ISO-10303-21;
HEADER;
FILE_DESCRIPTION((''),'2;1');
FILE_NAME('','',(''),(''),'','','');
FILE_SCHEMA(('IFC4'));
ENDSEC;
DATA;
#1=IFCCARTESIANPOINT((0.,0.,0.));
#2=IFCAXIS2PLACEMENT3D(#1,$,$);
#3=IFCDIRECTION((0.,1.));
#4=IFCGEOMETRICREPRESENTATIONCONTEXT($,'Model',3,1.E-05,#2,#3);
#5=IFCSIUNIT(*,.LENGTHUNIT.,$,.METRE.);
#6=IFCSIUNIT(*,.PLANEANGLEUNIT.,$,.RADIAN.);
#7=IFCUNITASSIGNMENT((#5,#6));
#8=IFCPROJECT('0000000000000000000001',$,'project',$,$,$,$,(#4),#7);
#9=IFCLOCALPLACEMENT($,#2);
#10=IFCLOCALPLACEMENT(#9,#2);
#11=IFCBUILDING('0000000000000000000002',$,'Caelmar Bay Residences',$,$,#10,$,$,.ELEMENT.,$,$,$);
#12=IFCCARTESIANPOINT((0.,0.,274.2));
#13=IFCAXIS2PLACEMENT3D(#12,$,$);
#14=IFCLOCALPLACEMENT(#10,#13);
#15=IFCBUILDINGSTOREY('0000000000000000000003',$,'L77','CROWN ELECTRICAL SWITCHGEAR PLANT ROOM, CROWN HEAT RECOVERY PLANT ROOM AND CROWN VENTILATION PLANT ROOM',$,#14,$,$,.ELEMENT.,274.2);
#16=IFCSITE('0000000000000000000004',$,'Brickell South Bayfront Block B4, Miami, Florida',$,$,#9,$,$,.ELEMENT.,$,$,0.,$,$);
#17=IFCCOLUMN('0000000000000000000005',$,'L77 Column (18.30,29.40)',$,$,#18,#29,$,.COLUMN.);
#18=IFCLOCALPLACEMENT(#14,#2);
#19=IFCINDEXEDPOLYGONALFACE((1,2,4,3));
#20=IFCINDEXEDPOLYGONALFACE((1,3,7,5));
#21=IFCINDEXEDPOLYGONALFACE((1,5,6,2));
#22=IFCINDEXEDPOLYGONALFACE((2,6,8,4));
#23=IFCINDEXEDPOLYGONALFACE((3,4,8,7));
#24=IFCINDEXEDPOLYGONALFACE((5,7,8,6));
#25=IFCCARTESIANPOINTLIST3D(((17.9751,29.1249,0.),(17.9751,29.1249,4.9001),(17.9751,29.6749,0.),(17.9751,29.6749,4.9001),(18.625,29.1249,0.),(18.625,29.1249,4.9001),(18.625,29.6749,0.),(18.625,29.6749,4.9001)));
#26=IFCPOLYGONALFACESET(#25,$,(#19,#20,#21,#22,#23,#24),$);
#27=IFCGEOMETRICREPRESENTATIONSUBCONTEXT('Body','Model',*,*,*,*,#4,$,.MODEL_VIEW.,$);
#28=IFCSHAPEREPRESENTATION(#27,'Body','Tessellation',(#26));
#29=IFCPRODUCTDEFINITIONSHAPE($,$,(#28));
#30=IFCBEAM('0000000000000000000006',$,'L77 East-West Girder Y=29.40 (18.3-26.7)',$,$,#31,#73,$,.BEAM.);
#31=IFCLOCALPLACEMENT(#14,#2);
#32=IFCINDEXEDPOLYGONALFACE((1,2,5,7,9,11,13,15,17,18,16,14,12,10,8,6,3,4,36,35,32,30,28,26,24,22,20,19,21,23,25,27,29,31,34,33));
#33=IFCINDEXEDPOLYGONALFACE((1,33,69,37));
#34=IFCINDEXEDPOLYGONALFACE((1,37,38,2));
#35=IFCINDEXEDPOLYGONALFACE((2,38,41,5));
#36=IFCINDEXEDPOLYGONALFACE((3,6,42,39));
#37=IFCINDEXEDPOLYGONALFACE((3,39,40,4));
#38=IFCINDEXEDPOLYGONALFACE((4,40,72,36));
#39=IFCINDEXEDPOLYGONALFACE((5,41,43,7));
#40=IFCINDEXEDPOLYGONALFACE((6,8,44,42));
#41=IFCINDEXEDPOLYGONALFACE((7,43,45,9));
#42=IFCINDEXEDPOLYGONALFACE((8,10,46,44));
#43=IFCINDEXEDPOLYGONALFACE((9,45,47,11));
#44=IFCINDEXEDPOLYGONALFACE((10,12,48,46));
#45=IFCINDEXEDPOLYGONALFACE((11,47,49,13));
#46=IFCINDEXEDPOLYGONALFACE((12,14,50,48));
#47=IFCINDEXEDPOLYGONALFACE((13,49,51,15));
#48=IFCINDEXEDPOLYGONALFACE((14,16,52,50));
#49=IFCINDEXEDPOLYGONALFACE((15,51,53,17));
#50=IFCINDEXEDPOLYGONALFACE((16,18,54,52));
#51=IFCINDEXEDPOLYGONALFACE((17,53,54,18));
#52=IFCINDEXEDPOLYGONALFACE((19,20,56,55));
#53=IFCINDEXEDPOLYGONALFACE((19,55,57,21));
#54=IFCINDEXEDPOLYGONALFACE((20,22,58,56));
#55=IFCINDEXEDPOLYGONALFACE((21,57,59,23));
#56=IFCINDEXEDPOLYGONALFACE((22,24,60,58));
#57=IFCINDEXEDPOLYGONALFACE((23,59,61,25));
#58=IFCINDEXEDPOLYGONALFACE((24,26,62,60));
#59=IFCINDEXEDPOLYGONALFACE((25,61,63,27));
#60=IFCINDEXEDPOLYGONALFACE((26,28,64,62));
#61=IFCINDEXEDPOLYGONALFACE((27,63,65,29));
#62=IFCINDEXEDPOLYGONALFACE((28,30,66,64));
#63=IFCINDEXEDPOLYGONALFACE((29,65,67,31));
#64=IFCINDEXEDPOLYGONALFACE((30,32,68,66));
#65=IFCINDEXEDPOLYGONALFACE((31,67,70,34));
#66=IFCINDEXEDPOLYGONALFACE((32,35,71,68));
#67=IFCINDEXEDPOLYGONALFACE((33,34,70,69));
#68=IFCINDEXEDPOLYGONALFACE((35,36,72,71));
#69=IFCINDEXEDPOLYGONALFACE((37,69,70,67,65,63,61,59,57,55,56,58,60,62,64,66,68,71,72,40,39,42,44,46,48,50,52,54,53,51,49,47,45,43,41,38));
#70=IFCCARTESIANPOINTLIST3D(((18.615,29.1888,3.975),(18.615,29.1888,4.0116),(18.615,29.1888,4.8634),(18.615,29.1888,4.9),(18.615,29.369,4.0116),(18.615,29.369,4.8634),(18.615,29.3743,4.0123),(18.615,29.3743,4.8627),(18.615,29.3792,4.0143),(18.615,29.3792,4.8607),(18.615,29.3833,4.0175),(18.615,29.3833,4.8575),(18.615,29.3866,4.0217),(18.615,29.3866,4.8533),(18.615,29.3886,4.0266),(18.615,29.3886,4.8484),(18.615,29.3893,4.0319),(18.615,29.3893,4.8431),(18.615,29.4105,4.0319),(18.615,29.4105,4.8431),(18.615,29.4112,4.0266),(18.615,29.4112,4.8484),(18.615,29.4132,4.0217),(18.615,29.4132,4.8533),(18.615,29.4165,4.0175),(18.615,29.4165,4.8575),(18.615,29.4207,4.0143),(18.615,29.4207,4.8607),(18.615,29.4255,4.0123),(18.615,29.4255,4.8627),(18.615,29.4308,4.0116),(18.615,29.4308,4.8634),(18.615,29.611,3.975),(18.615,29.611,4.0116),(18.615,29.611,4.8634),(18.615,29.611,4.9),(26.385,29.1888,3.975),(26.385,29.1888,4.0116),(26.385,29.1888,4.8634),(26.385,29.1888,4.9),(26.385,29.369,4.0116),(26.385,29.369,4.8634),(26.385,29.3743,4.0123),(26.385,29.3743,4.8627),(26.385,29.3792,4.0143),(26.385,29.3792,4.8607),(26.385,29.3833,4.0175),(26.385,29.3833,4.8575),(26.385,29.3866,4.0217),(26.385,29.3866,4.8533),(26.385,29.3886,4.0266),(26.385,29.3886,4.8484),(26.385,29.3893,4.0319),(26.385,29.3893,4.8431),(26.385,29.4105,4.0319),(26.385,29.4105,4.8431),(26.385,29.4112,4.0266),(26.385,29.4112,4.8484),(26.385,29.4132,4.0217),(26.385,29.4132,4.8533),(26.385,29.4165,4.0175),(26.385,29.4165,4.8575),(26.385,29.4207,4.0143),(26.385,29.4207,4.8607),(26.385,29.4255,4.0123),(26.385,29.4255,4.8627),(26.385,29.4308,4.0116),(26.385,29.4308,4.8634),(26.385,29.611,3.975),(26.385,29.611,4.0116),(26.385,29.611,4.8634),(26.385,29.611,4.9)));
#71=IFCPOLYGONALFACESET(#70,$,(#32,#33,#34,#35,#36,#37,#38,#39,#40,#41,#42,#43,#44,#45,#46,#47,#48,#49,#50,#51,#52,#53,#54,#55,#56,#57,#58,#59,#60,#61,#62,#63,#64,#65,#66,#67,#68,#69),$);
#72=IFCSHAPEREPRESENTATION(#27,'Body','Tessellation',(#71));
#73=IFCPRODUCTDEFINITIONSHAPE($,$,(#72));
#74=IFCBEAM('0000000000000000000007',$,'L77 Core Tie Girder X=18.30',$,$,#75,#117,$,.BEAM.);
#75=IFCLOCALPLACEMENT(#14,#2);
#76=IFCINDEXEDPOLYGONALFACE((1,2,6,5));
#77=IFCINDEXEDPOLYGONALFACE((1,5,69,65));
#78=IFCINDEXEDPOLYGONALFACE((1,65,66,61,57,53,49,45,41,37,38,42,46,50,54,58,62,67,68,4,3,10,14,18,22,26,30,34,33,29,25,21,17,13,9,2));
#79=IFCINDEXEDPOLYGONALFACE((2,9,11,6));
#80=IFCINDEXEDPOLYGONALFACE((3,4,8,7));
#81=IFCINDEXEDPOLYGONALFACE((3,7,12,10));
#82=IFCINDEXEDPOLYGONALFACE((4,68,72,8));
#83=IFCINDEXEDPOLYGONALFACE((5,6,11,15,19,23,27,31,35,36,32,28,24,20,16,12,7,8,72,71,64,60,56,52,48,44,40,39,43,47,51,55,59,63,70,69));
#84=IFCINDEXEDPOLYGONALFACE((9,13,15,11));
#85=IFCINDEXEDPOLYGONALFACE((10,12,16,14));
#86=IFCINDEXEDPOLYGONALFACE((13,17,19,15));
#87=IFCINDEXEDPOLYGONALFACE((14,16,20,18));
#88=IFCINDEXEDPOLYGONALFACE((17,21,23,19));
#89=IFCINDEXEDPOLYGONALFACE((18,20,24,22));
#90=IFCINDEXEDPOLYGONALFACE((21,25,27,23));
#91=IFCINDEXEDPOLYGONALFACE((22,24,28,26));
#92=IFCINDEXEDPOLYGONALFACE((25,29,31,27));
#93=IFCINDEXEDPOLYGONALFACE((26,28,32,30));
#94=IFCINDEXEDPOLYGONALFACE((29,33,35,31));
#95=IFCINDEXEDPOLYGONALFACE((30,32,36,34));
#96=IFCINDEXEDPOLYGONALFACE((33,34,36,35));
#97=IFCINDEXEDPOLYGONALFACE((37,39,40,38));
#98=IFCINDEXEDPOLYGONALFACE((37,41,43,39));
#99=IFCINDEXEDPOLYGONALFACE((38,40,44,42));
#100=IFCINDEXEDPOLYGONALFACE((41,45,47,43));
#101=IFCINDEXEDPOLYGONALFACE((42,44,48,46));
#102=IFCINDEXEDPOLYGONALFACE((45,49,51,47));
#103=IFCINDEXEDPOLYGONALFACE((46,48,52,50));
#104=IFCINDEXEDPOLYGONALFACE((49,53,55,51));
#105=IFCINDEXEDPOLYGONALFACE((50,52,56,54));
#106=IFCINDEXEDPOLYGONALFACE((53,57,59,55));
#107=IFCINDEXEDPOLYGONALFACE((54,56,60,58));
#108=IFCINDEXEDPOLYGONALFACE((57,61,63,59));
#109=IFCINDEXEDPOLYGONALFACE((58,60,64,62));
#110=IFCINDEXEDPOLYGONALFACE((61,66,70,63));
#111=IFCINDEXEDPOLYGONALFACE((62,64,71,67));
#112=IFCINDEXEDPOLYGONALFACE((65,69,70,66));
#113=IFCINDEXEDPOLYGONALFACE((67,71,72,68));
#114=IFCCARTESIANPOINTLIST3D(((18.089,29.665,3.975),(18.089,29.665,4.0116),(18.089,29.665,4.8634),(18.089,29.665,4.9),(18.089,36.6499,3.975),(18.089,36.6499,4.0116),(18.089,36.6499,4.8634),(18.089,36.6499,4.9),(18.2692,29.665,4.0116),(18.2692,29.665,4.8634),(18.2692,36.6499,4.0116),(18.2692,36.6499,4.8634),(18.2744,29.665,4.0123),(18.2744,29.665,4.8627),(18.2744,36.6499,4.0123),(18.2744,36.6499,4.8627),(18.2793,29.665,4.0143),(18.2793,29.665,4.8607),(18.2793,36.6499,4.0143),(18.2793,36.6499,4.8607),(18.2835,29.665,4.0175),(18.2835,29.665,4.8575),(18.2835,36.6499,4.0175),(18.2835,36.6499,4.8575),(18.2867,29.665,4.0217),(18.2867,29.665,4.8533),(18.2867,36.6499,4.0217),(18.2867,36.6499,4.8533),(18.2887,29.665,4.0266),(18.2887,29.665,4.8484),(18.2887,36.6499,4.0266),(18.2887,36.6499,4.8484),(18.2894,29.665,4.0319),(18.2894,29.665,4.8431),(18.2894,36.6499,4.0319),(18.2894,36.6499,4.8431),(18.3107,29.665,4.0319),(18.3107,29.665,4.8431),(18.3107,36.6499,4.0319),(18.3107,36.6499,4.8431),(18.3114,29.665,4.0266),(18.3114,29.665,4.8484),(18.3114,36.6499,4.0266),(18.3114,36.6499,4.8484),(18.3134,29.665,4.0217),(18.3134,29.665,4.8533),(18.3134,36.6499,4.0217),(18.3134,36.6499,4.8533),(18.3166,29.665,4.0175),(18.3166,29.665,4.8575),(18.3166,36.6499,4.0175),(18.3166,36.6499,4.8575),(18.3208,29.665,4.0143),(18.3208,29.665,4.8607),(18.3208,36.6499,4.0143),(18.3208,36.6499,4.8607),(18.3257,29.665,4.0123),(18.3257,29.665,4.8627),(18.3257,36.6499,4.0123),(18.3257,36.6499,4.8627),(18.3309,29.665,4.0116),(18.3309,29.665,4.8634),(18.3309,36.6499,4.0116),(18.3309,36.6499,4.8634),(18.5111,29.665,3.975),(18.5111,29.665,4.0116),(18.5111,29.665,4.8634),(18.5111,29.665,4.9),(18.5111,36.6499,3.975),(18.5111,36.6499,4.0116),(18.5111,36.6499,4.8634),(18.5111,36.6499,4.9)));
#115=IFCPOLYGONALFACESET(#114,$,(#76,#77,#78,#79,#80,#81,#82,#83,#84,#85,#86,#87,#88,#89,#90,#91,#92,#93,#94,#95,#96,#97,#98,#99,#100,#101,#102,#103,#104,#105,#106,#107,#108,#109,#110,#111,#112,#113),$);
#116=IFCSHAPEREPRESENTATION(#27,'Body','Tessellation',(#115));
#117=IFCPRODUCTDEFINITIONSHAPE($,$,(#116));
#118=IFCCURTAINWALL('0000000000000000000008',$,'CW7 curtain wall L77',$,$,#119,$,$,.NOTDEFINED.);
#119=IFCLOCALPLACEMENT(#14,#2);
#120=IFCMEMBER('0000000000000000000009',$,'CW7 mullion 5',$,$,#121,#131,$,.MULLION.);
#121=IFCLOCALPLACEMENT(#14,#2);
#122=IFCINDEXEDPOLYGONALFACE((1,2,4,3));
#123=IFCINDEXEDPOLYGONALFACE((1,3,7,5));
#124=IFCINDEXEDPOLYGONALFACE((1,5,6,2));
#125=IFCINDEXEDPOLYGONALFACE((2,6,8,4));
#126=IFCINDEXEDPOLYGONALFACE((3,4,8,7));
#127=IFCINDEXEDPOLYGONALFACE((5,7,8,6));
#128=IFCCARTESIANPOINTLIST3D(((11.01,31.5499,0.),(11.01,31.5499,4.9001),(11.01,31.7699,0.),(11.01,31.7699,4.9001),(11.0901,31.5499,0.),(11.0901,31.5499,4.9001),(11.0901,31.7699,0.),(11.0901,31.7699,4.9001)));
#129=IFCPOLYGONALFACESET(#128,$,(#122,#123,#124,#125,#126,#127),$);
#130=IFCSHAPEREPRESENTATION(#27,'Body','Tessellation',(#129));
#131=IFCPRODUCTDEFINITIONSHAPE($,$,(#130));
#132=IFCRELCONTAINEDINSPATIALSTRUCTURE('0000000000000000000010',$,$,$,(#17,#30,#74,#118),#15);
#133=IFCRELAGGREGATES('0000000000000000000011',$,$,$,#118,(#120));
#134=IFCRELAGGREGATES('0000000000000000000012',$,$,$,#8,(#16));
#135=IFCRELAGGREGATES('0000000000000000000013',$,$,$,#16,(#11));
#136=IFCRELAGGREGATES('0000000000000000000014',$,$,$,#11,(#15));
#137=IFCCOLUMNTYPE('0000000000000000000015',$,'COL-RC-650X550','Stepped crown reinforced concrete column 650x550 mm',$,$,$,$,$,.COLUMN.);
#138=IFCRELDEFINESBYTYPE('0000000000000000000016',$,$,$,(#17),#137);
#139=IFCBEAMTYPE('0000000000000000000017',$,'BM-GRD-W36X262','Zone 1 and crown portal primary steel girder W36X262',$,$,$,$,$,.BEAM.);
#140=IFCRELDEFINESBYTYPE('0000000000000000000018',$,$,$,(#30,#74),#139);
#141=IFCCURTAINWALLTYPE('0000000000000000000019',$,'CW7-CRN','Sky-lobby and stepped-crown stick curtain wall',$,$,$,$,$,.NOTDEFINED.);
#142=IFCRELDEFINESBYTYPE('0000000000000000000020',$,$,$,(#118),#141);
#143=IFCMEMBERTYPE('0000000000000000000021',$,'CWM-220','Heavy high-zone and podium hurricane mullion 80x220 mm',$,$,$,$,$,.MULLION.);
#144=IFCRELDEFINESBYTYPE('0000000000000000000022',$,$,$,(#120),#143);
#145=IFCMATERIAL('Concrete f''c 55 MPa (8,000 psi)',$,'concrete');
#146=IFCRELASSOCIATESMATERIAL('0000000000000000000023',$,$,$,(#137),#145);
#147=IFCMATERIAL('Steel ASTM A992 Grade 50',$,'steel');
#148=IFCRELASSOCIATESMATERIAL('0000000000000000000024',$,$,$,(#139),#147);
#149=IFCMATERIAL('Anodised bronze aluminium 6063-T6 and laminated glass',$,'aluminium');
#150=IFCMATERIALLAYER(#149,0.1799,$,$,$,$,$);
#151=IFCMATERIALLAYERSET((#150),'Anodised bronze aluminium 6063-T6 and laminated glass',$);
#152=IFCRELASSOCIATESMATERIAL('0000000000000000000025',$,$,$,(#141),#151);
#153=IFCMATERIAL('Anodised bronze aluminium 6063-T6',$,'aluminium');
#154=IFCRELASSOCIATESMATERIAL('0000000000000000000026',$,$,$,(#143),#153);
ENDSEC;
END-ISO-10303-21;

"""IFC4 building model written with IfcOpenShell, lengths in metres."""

from ifc_helpers import new_model, si_unit, direction, frame, origin, origin_2d, place, context, subcontext, project, spatial, rectangle, i_section, extrude, material, layer, layer_set, material_profile, profile_set, type_object, element, aggregate, save


model = new_model("IFC4")

# Units and contexts
model_context = context("Model", 3, precision=1e-05, world=origin(), true_north=direction((0.0, 1.0)))
body_context = subcontext(model_context, "Body", "Model", "MODEL_VIEW")
ifc_project = project(units=[si_unit("LENGTHUNIT", "METRE"), si_unit("PLANEANGLEUNIT", "RADIAN")], contexts=[model_context])

# Site, building, storey
site_placement = place(None, origin())
site = spatial("IfcSite", under=ifc_project, at=site_placement, Name="Brickell South Bayfront Block B4, Miami, Florida", CompositionType="ELEMENT", RefElevation=0.0)
building_placement = place(site_placement, origin())
building = spatial("IfcBuilding", under=site, at=building_placement, Name="Caelmar Bay Residences", CompositionType="ELEMENT")
storey_placement = place(building_placement, frame((0.0, 0.0, 274.2)))
storey = spatial("IfcBuildingStorey", under=building, at=storey_placement, Name="L77", Description="CROWN ELECTRICAL SWITCHGEAR PLANT ROOM, CROWN HEAT RECOVERY PLANT ROOM AND CROWN VENTILATION PLANT ROOM", CompositionType="ELEMENT", Elevation=274.2)

# Column
ifc_material_1 = material(Name="Concrete f'c 55 MPa (8,000 psi)", Category="concrete")
ifc_material_profile_1 = material_profile(ifc_material_1, rectangle(XDim=0.6499, YDim=0.55, at=origin_2d()), Name="RC-COL-650X550")
ifc_profile_set_1 = profile_set([ifc_material_profile_1], Name="Concrete f'c 55 MPa (8,000 psi)")
column_type = type_object("IfcColumnType", Name="COL-RC-650X550", Description="Stepped crown reinforced concrete column 650x550 mm", PredefinedType="COLUMN", material=ifc_profile_set_1)
column_placement = place(storey_placement, frame((18.3, 29.3999, 0.0), z_axis=(0.0, 0.0, 1.0), x_axis=(1.0, 0.0, 0.0)))
element("IfcColumn", 1, at=column_placement, inside=storey, type_object=column_type, Name="L77 Column (18.30,29.40)", PredefinedType="COLUMN", context=body_context, shape_type="SweptSolid", body=[
    extrude(rectangle(XDim=0.6499, YDim=0.55, at=origin_2d()), origin(), (0.0, 0.0, 1.0), 4.9001),
])

# Beams
ifc_material_2 = material(Name="Steel ASTM A992 Grade 50", Category="steel")
ifc_material_profile_2 = material_profile(ifc_material_2, i_section(OverallWidth=0.4221, OverallDepth=0.925, WebThickness=0.0212, FlangeThickness=0.0366, FilletRadius=0.0203, at=origin_2d()), Name="W36X262")
ifc_profile_set_2 = profile_set([ifc_material_profile_2], Name="Steel ASTM A992 Grade 50")
beam_type = type_object("IfcBeamType", Name="BM-GRD-W36X262", Description="Zone 1 and crown portal primary steel girder W36X262", PredefinedType="BEAM", material=ifc_profile_set_2)
beam_1_placement = place(storey_placement, frame((18.615, 29.3999, 4.4375), z_axis=(1.0, 0.0, 0.0), x_axis=(0.0, 1.0, 0.0)))
element("IfcBeam", 2, at=beam_1_placement, inside=storey, type_object=beam_type, Name="L77 East-West Girder Y=29.40 (18.3-26.7)", PredefinedType="BEAM", context=body_context, shape_type="SweptSolid", body=[
    extrude(i_section(OverallWidth=0.4221, OverallDepth=0.925, WebThickness=0.0212, FlangeThickness=0.0366, FilletRadius=0.0203, at=origin_2d()), origin(), (0.0, 0.0, 1.0), 7.77),
])
beam_2_placement = place(storey_placement, frame((18.3, 29.665, 4.4375), z_axis=(0.0, 1.0, 0.0), x_axis=(-1.0, 0.0, 0.0)))
element("IfcBeam", 3, at=beam_2_placement, inside=storey, type_object=beam_type, Name="L77 Core Tie Girder X=18.30", PredefinedType="BEAM", context=body_context, shape_type="SweptSolid", body=[
    extrude(i_section(OverallWidth=0.4221, OverallDepth=0.925, WebThickness=0.0212, FlangeThickness=0.0366, FilletRadius=0.0203, at=origin_2d()), origin(), (0.0, 0.0, 1.0), 6.9849),
])

# Curtain wall, member
ifc_material_3 = material(Name="Anodised bronze aluminium 6063-T6 and laminated glass", Category="aluminium")
ifc_layer_1 = layer(ifc_material_3, 0.1799)
ifc_layer_set_1 = layer_set([ifc_layer_1], Name="Anodised bronze aluminium 6063-T6 and laminated glass")
curtain_wall_type = type_object("IfcCurtainWallType", Name="CW7-CRN", Description="Sky-lobby and stepped-crown stick curtain wall", PredefinedType="NOTDEFINED", material=ifc_layer_set_1)
curtain_wall_placement = place(storey_placement, origin())
curtain_wall = element("IfcCurtainWall", 4, at=curtain_wall_placement, inside=storey, type_object=curtain_wall_type, Name="CW7 curtain wall L77", PredefinedType="NOTDEFINED")
ifc_material_4 = material(Name="Anodised bronze aluminium 6063-T6", Category="aluminium")
ifc_material_profile_3 = material_profile(ifc_material_4, rectangle(XDim=0.0801, YDim=0.22, at=origin_2d()), Name="CWM-80X220")
ifc_profile_set_3 = profile_set([ifc_material_profile_3], Name="Anodised bronze aluminium 6063-T6")
member_type_1 = type_object("IfcMemberType", Name="CWM-220", Description="Heavy high-zone and podium hurricane mullion 80x220 mm", PredefinedType="MULLION", material=ifc_profile_set_3)
member_1_placement = place(storey_placement, frame((11.05, 31.6599, 0.0), z_axis=(0.0, 0.0, 1.0), x_axis=(-1.0, 0.0, 0.0)))
member_1 = element("IfcMember", 5, at=member_1_placement, type_object=member_type_1, Name="CW7 mullion 5", PredefinedType="MULLION", context=body_context, shape_type="SweptSolid", body=[
    extrude(rectangle(XDim=0.0801, YDim=0.22, at=origin_2d()), origin(), (0.0, 0.0, 1.0), 4.9001),
])

aggregate(curtain_wall, [member_1])

save(model, "model.ifc")
